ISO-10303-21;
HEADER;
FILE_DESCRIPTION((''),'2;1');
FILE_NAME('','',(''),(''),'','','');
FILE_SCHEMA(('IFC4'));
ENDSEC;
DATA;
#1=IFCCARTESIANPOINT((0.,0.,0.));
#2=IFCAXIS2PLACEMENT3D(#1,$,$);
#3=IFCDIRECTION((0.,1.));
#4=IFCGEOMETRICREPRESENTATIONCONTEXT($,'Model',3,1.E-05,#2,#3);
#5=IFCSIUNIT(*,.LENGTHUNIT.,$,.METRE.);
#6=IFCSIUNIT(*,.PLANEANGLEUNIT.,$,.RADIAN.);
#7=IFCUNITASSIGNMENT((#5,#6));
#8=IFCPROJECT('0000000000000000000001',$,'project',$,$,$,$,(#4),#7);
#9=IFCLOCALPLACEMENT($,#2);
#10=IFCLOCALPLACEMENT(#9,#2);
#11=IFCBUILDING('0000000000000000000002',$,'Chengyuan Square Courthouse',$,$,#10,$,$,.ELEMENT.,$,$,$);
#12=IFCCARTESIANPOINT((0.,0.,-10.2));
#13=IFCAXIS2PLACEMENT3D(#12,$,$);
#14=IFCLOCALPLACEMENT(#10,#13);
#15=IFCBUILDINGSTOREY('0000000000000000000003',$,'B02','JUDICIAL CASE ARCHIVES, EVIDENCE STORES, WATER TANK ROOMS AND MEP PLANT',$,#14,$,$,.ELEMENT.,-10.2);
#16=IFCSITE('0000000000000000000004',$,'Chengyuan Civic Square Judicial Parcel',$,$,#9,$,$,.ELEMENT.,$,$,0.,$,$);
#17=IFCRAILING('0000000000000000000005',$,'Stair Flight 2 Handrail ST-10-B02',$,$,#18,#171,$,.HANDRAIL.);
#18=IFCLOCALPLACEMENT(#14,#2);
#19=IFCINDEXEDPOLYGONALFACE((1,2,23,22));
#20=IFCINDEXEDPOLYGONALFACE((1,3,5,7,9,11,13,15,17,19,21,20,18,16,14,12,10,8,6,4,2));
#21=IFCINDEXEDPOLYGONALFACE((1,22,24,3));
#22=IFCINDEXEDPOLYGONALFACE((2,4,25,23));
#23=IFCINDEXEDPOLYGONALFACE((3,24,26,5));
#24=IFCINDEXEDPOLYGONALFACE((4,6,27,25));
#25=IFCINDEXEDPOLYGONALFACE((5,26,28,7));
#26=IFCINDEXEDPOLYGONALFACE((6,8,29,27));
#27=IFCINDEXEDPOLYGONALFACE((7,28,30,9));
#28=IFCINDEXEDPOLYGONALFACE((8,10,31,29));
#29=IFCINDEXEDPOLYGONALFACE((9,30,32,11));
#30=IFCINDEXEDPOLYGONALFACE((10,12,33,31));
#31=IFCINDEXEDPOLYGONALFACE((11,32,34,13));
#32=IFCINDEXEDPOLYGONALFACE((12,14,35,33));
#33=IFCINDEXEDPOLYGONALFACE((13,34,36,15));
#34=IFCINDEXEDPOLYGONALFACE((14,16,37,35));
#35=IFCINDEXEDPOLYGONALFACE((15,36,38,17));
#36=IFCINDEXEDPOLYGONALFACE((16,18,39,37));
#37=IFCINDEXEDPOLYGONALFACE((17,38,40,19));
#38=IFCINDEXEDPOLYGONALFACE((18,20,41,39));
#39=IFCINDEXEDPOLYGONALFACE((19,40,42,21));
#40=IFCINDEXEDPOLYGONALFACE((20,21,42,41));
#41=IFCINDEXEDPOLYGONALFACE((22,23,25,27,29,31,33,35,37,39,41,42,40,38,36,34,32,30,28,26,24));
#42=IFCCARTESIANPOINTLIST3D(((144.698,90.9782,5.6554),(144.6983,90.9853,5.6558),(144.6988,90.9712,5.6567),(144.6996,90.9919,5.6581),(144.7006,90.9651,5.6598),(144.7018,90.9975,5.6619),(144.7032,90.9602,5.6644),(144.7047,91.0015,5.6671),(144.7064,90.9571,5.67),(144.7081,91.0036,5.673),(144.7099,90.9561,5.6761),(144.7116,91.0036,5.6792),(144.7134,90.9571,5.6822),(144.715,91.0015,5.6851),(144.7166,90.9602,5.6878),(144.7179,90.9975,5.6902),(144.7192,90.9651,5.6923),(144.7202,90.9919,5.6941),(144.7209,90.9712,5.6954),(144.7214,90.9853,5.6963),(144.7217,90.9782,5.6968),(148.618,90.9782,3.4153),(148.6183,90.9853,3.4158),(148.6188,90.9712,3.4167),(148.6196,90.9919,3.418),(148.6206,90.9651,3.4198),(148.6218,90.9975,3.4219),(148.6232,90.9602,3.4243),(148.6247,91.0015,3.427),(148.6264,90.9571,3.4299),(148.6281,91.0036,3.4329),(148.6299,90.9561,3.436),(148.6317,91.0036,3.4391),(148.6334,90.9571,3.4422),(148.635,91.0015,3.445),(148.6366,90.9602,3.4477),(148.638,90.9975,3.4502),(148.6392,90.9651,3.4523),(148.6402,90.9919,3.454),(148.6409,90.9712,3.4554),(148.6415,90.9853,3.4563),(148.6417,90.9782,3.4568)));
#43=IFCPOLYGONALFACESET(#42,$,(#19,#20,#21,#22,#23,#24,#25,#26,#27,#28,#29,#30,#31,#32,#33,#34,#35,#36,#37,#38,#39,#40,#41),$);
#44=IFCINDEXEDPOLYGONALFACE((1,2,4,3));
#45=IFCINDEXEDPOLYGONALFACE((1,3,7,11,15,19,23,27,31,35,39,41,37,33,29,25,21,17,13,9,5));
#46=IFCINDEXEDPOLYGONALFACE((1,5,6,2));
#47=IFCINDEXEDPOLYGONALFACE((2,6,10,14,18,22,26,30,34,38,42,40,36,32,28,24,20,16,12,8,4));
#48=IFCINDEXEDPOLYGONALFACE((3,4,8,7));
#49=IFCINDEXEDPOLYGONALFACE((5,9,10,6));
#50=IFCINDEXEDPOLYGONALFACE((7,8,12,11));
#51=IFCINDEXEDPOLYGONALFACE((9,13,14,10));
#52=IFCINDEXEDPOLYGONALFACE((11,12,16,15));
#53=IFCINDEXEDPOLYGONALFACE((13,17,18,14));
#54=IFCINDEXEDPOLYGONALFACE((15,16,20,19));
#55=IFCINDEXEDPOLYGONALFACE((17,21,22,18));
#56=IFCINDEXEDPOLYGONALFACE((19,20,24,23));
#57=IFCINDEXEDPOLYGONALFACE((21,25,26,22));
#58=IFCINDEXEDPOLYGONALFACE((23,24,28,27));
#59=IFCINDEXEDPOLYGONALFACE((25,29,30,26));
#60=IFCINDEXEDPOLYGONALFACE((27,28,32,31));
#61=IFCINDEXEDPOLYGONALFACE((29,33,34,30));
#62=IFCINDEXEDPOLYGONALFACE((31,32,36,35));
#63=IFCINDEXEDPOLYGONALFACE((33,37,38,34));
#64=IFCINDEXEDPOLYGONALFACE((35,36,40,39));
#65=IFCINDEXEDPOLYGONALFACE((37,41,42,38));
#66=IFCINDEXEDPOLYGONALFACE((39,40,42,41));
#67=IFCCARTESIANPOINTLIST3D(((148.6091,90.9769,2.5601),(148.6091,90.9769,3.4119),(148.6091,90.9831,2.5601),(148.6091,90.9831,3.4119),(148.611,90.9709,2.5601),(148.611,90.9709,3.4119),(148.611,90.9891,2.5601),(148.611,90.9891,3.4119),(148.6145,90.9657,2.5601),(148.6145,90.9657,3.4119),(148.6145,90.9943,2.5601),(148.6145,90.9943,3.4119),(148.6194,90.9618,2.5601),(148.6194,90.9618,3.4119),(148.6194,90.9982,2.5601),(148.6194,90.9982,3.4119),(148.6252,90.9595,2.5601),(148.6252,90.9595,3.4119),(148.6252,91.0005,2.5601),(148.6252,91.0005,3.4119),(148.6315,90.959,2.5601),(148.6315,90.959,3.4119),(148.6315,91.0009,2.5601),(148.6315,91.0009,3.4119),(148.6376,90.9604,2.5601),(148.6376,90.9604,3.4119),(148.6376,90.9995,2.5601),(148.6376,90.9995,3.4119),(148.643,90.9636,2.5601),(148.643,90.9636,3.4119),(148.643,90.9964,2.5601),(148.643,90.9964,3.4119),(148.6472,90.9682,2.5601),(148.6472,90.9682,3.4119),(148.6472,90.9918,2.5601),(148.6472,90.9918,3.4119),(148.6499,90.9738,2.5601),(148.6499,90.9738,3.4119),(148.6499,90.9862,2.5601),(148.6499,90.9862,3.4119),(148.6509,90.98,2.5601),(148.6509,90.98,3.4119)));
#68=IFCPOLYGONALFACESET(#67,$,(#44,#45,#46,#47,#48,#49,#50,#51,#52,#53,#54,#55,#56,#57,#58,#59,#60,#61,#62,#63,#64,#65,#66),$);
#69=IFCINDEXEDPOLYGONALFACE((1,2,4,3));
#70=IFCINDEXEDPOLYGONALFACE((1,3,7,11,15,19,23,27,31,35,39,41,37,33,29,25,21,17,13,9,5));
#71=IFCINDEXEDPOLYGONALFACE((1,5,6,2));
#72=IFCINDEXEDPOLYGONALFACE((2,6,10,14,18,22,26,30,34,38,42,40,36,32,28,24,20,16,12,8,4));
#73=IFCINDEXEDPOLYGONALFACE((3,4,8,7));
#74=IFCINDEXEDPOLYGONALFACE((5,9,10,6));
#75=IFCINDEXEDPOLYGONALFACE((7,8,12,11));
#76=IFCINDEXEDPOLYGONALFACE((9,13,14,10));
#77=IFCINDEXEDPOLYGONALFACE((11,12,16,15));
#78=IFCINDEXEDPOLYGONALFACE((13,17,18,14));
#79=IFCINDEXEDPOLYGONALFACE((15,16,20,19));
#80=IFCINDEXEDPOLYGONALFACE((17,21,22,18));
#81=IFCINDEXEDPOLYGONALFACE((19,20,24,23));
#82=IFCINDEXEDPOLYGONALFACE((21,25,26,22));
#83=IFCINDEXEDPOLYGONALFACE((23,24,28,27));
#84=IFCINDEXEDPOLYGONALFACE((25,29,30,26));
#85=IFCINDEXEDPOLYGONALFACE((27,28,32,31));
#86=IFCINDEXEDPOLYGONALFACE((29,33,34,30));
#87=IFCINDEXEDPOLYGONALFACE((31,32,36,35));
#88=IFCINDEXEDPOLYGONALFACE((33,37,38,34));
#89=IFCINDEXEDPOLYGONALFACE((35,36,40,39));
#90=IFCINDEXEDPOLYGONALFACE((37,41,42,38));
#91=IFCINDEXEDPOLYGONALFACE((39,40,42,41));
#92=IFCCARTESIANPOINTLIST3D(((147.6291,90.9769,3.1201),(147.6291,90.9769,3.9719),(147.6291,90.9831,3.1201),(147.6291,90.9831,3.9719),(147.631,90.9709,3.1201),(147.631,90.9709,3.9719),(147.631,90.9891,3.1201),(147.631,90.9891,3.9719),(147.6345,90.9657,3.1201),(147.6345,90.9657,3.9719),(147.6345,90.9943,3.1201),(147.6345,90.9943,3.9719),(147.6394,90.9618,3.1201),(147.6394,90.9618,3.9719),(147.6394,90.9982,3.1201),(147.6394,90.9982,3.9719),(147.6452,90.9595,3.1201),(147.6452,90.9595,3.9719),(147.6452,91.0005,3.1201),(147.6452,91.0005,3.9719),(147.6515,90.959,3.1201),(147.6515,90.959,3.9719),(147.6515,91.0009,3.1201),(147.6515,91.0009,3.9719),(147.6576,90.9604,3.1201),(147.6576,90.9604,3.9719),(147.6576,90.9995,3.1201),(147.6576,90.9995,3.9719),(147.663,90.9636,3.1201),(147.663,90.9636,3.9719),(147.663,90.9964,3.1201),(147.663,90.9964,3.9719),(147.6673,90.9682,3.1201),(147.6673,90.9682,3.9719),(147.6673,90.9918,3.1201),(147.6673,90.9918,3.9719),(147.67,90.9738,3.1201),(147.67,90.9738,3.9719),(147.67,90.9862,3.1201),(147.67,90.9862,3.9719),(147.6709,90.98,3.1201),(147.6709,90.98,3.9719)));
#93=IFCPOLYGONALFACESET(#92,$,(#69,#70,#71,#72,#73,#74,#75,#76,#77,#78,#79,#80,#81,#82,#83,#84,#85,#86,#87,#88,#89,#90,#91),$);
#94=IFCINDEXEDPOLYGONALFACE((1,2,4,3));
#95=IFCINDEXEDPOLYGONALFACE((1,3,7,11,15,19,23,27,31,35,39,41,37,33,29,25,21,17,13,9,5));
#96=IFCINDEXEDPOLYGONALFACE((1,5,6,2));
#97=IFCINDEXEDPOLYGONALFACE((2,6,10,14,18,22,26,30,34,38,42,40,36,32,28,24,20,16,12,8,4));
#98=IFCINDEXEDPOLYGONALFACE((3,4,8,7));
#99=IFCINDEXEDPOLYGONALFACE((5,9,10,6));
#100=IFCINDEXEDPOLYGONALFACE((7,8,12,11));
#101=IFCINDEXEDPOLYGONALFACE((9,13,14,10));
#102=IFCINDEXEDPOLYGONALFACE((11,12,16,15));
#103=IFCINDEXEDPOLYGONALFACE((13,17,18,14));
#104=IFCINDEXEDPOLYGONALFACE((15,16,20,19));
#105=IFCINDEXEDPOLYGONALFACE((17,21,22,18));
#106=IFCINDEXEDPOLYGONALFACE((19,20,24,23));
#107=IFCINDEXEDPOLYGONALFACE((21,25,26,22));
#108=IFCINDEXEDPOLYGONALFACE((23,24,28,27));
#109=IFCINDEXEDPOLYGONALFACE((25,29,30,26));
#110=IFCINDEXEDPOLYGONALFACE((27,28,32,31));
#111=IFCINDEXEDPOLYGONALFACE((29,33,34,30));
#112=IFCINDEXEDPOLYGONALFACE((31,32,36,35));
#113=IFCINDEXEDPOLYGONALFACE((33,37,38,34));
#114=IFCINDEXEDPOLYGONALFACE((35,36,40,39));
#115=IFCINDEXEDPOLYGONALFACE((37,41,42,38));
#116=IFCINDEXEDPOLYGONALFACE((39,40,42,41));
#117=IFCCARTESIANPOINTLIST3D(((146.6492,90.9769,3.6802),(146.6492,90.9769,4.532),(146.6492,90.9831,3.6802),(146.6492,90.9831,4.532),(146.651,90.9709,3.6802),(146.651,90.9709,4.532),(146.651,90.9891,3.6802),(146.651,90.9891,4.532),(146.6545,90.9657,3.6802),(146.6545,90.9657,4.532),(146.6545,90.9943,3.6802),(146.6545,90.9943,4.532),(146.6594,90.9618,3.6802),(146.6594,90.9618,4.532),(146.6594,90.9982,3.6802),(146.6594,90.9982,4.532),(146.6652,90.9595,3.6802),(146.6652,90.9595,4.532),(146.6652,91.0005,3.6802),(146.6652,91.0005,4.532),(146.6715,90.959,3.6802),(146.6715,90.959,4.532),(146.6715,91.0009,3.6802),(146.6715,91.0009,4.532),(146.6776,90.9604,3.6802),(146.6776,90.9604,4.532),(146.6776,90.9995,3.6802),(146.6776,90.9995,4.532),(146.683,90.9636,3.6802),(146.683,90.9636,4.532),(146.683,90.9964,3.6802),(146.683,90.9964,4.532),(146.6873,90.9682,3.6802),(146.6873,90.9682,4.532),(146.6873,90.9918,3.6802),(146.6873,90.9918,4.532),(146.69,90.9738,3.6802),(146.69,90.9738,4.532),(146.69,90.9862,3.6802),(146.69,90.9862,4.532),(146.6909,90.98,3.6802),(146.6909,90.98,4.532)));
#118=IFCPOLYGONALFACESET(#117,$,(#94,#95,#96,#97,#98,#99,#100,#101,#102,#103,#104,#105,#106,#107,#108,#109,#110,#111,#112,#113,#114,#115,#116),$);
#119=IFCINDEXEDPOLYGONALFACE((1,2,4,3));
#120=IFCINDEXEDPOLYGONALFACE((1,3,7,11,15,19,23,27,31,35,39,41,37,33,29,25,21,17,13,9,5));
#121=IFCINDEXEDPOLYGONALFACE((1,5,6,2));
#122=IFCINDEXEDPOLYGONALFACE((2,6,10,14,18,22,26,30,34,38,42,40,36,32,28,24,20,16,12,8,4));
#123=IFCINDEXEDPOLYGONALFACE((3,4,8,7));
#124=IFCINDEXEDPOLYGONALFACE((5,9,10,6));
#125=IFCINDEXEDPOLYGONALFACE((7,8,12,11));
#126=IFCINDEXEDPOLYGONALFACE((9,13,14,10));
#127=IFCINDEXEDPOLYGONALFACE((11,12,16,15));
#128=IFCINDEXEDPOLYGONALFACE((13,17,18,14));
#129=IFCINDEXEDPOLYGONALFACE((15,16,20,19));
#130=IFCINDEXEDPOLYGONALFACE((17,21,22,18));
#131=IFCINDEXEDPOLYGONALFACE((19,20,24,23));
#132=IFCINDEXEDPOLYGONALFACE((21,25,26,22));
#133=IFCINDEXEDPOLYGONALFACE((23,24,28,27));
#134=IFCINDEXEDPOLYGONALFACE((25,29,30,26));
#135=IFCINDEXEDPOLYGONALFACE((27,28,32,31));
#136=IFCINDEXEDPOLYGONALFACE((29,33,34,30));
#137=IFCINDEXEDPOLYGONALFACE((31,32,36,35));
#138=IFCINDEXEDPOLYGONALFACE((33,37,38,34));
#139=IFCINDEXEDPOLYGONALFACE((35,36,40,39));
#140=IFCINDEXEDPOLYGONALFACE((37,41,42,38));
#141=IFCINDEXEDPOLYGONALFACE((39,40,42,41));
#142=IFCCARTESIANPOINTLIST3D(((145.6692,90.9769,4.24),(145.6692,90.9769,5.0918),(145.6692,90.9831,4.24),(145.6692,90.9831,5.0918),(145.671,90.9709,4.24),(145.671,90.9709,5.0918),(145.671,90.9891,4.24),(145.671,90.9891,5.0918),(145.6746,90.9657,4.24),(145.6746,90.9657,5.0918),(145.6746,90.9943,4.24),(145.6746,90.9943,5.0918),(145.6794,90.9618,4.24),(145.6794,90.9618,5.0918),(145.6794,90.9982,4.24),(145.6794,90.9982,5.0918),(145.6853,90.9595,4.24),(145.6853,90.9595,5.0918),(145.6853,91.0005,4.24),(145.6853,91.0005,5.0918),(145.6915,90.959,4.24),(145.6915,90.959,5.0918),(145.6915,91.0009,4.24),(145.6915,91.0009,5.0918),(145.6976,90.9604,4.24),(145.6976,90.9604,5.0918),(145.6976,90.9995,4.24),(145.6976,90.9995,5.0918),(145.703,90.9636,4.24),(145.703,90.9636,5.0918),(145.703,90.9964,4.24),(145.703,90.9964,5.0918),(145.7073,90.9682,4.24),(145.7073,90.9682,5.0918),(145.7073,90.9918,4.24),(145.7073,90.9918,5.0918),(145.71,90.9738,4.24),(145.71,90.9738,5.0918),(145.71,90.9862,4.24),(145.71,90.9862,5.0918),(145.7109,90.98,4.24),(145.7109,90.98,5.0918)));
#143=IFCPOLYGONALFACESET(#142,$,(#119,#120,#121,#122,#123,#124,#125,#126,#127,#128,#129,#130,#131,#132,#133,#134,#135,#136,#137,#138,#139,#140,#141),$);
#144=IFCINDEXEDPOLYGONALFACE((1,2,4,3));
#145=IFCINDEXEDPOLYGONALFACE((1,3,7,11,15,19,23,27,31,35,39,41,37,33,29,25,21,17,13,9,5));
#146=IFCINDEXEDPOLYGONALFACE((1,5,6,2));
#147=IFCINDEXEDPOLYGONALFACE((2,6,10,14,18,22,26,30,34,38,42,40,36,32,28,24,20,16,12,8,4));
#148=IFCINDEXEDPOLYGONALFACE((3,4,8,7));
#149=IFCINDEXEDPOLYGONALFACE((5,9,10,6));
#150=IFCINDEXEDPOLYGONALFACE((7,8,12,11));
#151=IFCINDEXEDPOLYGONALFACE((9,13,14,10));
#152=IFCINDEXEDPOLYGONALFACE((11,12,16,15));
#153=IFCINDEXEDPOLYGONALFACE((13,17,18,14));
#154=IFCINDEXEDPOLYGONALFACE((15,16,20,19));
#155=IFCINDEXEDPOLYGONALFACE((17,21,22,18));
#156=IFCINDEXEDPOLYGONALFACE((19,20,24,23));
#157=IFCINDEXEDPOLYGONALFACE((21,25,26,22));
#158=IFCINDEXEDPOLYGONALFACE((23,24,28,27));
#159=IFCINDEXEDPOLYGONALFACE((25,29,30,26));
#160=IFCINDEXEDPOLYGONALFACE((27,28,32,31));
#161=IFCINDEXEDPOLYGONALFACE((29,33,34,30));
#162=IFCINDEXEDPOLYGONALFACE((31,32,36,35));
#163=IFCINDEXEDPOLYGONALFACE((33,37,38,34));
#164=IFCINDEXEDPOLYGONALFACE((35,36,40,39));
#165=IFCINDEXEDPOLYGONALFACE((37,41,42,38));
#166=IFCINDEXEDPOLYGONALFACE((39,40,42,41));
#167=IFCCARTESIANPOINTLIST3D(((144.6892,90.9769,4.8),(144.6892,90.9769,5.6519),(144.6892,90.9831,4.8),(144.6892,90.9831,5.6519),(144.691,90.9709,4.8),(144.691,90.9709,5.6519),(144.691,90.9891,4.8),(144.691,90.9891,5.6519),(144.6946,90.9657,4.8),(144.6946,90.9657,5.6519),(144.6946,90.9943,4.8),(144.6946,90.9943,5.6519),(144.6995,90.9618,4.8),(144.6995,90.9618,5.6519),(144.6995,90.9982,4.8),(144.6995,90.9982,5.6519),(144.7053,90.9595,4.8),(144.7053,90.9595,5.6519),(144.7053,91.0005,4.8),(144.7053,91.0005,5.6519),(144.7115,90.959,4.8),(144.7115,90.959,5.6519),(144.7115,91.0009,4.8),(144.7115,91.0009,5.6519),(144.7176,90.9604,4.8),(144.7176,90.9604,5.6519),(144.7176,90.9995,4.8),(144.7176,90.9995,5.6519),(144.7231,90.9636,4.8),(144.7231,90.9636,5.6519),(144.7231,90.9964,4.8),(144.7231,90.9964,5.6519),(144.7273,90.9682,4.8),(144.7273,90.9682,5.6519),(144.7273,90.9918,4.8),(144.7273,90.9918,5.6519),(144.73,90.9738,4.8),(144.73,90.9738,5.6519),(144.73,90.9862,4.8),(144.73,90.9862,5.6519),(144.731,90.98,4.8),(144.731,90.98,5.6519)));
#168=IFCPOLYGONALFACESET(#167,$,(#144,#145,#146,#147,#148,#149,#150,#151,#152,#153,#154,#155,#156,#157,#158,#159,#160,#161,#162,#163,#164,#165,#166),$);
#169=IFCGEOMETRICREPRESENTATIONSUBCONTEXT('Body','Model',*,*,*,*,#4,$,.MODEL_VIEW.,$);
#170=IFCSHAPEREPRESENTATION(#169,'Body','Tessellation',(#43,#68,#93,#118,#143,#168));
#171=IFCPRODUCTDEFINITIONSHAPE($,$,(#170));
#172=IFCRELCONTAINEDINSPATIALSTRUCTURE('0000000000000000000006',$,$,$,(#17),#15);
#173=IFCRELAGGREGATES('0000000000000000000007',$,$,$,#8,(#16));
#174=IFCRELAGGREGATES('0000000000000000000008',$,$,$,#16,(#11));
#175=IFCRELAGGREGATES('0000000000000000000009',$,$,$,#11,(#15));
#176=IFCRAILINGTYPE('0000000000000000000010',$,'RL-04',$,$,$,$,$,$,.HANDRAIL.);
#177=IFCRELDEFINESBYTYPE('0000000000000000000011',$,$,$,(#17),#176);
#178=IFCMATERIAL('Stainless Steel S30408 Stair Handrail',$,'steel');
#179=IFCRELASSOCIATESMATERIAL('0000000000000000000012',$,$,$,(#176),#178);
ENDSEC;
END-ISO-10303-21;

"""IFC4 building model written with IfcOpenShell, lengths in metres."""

from ifc_helpers import new_model, si_unit, direction, frame, origin, origin_2d, place, context, subcontext, project, spatial, circle, extrude, material, type_object, element, save


model = new_model("IFC4")

# Units and contexts
model_context = context("Model", 3, precision=1e-05, world=origin(), true_north=direction((0.0, 1.0)))
body_context = subcontext(model_context, "Body", "Model", "MODEL_VIEW")
ifc_project = project(units=[si_unit("LENGTHUNIT", "METRE"), si_unit("PLANEANGLEUNIT", "RADIAN")], contexts=[model_context])

# Site, building, storey
site_placement = place(None, origin())
site = spatial("IfcSite", under=ifc_project, at=site_placement, Name="Chengyuan Civic Square Judicial Parcel", CompositionType="ELEMENT", RefElevation=0.0)
building_placement = place(site_placement, origin())
building = spatial("IfcBuilding", under=site, at=building_placement, Name="Chengyuan Square Courthouse", CompositionType="ELEMENT")
storey_placement = place(building_placement, frame((0.0, 0.0, -10.2)))
storey = spatial("IfcBuildingStorey", under=building, at=storey_placement, Name="B02", Description="JUDICIAL CASE ARCHIVES, EVIDENCE STORES, WATER TANK ROOMS AND MEP PLANT", CompositionType="ELEMENT", Elevation=-10.2)

# Railing
ifc_material_1 = material(Name="Stainless Steel S30408 Stair Handrail", Category="steel")
railing_type_1 = type_object("IfcRailingType", Name="RL-04", PredefinedType="HANDRAIL", material=ifc_material_1)
railing_1_placement = place(storey_placement, frame((148.6299, 90.98, 2.5601)))
element("IfcRailing", 1, at=railing_1_placement, inside=storey, type_object=railing_type_1, Name="Stair Flight 2 Handrail ST-10-B02", PredefinedType="HANDRAIL", context=body_context, shape_type="SweptSolid", body=[
    extrude(circle(Radius=0.0239, at=origin_2d()), frame((0.0, 0.0, 0.876), z_axis=(-0.86824, 0.0, 0.496145), x_axis=(0.0, -1.0, 0.0)), (0.0, 0.0, 1.0), 4.5149),
    extrude(circle(Radius=0.021, at=origin_2d()), origin(), (0.0, 0.0, 1.0), 0.8518),
    extrude(circle(Radius=0.021, at=origin_2d()), frame((-0.98, 0.0, 0.5601)), (0.0, 0.0, 1.0), 0.8518),
    extrude(circle(Radius=0.021, at=origin_2d()), frame((-1.96, 0.0, 1.1201)), (0.0, 0.0, 1.0), 0.8518),
    extrude(circle(Radius=0.021, at=origin_2d()), frame((-2.9399, 0.0, 1.6799)), (0.0, 0.0, 1.0), 0.8518),
    extrude(circle(Radius=0.021, at=origin_2d()), frame((-3.9199, 0.0, 2.24)), (0.0, 0.0, 1.0), 0.8518),
])

save(model, "model.ifc")
